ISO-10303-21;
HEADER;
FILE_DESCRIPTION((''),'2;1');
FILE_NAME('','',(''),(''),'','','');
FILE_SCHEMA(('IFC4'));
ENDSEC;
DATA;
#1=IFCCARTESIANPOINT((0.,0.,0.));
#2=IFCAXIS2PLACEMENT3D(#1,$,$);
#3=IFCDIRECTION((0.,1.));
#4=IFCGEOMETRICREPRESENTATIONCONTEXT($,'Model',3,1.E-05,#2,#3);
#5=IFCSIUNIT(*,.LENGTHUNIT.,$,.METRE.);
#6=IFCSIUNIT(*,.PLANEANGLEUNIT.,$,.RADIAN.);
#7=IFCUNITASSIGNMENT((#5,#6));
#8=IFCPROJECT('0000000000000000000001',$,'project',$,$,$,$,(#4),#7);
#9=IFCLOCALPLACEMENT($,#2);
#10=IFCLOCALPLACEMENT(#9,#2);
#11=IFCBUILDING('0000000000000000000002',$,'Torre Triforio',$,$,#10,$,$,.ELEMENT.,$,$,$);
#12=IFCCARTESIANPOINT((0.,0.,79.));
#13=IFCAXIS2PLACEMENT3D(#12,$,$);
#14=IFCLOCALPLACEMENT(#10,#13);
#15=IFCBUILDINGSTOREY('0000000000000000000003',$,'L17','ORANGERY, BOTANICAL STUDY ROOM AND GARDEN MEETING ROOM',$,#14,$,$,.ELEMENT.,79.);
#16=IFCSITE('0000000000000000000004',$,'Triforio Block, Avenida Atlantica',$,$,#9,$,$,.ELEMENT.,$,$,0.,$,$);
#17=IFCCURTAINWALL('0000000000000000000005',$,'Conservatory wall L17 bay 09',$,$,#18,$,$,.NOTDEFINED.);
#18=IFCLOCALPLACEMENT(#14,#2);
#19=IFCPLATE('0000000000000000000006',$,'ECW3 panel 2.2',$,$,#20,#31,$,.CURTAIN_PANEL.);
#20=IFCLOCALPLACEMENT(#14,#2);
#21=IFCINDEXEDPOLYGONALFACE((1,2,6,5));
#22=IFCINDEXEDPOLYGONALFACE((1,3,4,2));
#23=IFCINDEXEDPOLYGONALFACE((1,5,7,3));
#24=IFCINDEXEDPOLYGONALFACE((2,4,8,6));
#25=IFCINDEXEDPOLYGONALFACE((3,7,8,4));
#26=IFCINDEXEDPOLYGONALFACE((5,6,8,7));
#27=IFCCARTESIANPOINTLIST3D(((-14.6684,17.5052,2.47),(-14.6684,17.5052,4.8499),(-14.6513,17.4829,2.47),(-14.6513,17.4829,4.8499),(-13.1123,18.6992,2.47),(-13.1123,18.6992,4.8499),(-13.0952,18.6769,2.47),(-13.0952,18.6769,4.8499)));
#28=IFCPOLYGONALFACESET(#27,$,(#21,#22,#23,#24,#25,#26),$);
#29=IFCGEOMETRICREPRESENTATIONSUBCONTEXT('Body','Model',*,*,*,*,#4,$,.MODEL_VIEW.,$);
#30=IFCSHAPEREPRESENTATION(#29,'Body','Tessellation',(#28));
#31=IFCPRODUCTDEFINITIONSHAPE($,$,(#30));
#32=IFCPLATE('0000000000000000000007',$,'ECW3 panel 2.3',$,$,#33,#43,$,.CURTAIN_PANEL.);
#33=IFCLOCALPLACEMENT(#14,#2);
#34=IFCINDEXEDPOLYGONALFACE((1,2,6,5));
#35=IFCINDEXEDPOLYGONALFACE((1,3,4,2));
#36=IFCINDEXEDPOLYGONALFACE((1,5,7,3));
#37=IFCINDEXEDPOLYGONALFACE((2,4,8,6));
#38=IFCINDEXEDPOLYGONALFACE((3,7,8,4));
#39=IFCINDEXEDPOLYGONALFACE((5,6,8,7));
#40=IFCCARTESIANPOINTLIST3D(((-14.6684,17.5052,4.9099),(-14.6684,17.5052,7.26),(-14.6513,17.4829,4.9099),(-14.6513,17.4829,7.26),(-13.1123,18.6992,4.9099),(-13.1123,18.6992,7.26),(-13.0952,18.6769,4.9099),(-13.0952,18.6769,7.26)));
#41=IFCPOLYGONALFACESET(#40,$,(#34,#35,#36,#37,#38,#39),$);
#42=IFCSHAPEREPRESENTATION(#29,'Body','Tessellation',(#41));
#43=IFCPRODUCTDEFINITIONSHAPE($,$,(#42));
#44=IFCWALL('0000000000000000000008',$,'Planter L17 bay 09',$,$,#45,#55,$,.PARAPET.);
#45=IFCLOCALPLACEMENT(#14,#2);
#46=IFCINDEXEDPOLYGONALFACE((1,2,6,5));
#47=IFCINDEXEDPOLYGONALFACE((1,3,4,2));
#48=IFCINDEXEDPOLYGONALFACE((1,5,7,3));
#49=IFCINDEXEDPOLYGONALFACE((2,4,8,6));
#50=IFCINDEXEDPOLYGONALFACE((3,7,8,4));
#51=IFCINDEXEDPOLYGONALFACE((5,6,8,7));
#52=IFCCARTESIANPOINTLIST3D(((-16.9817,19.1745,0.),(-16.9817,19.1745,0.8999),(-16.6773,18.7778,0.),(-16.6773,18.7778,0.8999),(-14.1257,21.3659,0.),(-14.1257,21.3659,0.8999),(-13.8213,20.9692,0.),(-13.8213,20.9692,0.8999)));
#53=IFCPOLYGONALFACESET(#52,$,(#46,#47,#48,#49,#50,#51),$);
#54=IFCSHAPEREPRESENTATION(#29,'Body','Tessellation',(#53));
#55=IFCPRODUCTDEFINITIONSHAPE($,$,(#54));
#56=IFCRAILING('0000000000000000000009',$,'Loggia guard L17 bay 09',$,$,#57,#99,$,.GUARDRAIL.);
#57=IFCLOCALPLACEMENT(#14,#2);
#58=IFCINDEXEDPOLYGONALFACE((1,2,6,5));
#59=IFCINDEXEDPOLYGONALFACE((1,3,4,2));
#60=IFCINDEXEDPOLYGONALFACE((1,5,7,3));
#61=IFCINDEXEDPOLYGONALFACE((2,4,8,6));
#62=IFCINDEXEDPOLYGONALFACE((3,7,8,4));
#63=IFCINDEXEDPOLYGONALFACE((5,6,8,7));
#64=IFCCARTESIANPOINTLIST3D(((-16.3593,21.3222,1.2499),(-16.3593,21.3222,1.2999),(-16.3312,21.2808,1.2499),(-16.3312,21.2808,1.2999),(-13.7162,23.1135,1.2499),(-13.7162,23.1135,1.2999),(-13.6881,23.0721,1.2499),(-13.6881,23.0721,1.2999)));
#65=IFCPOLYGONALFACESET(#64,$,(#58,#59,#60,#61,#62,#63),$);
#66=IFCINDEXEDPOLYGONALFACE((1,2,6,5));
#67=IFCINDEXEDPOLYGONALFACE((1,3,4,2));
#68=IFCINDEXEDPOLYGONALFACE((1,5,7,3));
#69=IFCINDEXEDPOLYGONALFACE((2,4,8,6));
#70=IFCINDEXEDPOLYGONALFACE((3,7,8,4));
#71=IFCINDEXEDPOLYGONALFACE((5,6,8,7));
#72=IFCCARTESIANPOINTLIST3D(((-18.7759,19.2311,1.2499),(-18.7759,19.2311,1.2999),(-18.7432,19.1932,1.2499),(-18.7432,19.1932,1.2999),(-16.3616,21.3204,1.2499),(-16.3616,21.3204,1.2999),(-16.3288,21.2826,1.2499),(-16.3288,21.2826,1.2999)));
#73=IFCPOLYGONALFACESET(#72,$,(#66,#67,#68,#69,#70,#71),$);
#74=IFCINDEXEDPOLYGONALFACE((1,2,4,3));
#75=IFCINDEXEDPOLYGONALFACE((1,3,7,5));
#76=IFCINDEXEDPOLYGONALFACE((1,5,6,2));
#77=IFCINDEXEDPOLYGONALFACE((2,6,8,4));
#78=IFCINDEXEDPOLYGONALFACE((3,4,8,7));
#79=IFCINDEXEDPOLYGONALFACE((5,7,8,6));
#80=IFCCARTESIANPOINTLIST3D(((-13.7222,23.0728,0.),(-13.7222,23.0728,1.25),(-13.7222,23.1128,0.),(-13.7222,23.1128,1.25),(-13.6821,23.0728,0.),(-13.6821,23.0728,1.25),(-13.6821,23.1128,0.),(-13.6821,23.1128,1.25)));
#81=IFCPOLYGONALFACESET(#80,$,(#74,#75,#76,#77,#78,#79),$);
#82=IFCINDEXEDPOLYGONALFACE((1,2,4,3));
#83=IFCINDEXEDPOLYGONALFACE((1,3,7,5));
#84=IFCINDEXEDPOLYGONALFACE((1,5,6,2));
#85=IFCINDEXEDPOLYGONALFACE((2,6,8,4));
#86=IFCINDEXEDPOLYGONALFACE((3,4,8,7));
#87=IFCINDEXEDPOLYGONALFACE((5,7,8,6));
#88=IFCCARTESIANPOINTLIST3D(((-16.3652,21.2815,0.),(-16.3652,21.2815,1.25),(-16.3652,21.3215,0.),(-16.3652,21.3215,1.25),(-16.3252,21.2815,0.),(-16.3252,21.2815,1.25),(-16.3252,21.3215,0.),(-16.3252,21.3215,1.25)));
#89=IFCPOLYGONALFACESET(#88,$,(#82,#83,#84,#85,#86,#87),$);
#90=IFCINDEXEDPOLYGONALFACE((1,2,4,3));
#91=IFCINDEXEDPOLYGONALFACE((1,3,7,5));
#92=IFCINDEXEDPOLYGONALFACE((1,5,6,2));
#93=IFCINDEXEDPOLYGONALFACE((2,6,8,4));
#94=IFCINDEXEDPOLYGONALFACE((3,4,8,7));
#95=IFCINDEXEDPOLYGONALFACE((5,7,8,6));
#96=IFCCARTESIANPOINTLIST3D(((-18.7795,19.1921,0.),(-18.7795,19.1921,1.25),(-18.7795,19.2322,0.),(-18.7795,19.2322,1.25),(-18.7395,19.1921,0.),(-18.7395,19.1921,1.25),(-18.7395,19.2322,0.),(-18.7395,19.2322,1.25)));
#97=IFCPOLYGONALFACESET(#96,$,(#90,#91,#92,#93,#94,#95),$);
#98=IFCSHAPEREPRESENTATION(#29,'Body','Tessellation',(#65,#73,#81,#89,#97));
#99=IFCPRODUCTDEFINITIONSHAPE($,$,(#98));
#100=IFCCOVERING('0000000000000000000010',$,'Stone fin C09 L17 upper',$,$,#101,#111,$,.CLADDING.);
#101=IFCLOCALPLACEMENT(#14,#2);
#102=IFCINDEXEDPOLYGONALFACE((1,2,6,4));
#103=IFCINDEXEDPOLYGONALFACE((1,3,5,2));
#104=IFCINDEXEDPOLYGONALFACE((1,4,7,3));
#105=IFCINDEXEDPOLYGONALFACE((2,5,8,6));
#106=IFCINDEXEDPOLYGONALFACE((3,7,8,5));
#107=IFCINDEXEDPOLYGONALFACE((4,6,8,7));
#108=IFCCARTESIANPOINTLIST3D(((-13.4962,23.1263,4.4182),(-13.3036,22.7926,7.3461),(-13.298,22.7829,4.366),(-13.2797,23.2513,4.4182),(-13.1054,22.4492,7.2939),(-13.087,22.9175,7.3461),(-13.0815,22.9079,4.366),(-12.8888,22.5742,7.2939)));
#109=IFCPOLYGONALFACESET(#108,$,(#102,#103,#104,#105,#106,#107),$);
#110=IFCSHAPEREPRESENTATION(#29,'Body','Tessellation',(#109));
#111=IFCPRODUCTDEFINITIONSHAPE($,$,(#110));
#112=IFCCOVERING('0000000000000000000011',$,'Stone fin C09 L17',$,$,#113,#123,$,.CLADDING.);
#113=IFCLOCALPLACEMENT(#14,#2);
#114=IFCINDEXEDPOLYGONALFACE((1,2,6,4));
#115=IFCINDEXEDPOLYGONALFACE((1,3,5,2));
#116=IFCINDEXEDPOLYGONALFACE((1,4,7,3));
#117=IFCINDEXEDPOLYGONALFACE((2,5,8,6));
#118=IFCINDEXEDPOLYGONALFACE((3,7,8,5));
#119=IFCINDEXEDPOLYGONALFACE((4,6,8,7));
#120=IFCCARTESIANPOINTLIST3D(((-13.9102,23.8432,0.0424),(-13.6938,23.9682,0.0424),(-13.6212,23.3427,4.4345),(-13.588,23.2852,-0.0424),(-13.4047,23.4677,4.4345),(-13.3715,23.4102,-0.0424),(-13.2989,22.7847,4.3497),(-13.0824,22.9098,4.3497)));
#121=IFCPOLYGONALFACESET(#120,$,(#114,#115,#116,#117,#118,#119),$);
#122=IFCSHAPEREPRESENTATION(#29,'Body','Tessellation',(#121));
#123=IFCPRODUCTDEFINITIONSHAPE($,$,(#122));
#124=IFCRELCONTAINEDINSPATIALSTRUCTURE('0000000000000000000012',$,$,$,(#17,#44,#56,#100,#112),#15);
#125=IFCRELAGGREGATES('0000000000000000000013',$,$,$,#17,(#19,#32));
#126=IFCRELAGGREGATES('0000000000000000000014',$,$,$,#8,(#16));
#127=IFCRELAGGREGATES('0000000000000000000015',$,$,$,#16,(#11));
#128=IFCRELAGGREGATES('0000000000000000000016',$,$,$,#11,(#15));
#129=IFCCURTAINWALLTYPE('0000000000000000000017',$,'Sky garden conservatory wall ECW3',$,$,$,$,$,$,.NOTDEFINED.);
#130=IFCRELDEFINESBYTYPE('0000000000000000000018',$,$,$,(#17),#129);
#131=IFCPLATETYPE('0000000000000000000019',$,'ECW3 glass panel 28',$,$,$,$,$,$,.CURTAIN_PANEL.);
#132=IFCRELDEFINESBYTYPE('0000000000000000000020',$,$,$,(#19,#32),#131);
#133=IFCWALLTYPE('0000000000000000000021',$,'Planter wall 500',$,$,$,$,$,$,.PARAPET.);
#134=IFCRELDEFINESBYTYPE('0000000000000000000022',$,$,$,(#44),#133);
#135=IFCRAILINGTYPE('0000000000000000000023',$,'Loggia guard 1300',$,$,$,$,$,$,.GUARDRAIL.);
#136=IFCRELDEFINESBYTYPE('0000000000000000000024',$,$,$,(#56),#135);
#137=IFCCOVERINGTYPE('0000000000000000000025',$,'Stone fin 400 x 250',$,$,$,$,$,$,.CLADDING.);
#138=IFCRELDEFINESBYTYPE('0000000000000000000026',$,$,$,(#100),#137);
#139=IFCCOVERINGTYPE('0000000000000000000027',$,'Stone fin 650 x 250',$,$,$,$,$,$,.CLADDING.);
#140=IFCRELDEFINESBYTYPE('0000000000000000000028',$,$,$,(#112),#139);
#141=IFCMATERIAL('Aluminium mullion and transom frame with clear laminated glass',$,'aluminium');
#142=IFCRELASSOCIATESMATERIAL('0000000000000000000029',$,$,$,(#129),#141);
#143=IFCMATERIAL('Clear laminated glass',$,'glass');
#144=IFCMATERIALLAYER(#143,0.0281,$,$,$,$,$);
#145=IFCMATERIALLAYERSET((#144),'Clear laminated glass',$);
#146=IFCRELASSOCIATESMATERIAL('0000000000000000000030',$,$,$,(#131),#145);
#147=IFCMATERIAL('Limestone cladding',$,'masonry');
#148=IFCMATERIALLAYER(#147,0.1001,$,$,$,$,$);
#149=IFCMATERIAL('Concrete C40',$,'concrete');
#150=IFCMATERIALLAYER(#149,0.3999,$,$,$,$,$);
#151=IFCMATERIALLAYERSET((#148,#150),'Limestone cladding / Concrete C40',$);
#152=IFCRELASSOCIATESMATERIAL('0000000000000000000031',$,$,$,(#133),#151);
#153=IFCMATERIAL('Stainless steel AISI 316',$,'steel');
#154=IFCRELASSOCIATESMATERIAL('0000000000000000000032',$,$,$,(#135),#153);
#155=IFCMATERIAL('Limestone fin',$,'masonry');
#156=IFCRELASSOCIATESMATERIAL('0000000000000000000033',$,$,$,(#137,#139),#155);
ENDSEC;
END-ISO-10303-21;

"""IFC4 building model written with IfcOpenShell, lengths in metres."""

from ifc_helpers import new_model, si_unit, direction, frame, frame_2d, origin, origin_2d, place, context, subcontext, project, spatial, rectangle, extrude, material, layer, layer_set, material_profile, profile_set, type_object, element, aggregate, save


model = new_model("IFC4")

# Units and contexts
model_context = context("Model", 3, precision=1e-05, world=origin(), true_north=direction((0.0, 1.0)))
body_context = subcontext(model_context, "Body", "Model", "MODEL_VIEW")
ifc_project = project(units=[si_unit("LENGTHUNIT", "METRE"), si_unit("PLANEANGLEUNIT", "RADIAN")], contexts=[model_context])

# Site, building, storey
site_placement = place(None, origin())
site = spatial("IfcSite", under=ifc_project, at=site_placement, Name="Triforio Block, Avenida Atlantica", CompositionType="ELEMENT", RefElevation=0.0)
building_placement = place(site_placement, origin())
building = spatial("IfcBuilding", under=site, at=building_placement, Name="Torre Triforio", CompositionType="ELEMENT")
storey_placement = place(building_placement, frame((0.0, 0.0, 79.0)))
storey = spatial("IfcBuildingStorey", under=building, at=storey_placement, Name="L17", Description="ORANGERY, BOTANICAL STUDY ROOM AND GARDEN MEETING ROOM", CompositionType="ELEMENT", Elevation=79.0)

# Curtain wall
ifc_material_1 = material(Name="Aluminium mullion and transom frame with clear laminated glass", Category="aluminium")
curtain_wall_type = type_object("IfcCurtainWallType", Name="Sky garden conservatory wall ECW3", PredefinedType="NOTDEFINED", material=ifc_material_1)
curtain_wall_placement = place(storey_placement, origin())
curtain_wall = element("IfcCurtainWall", 1, at=curtain_wall_placement, inside=storey, type_object=curtain_wall_type, Name="Conservatory wall L17 bay 09", PredefinedType="NOTDEFINED")

# Plates
ifc_material_2 = material(Name="Clear laminated glass", Category="glass")
ifc_layer_1 = layer(ifc_material_2, 0.0281)
ifc_layer_set_1 = layer_set([ifc_layer_1], Name="Clear laminated glass")
plate_type = type_object("IfcPlateType", Name="ECW3 glass panel 28", PredefinedType="CURTAIN_PANEL", material=ifc_layer_set_1)
plate_1_placement = place(storey_placement, frame((-13.8818, 18.0911, 2.47), z_axis=(0.0, 0.0, 1.0), x_axis=(-0.79336, -0.608752, 0.0)))
plate_1 = element("IfcPlate", 2, at=plate_1_placement, type_object=plate_type, Name="ECW3 panel 2.2", PredefinedType="CURTAIN_PANEL", context=body_context, shape_type="SweptSolid", body=[
    extrude(rectangle(XDim=1.9614, YDim=0.0281, at=origin_2d()), origin(), (0.0, 0.0, 1.0), 2.3799),
])
plate_2_placement = place(storey_placement, frame((-13.8818, 18.0911, 4.9099), z_axis=(0.0, 0.0, 1.0), x_axis=(-0.79336, -0.608752, 0.0)))
plate_2 = element("IfcPlate", 3, at=plate_2_placement, type_object=plate_type, Name="ECW3 panel 2.3", PredefinedType="CURTAIN_PANEL", context=body_context, shape_type="SweptSolid", body=[
    extrude(rectangle(XDim=1.9614, YDim=0.0281, at=origin_2d()), origin(), (0.0, 0.0, 1.0), 2.3501),
])
aggregate(curtain_wall, [plate_1, plate_2])

# Wall
ifc_material_3 = material(Name="Limestone cladding", Category="masonry")
ifc_layer_2 = layer(ifc_material_3, 0.1001)
ifc_material_4 = material(Name="Concrete C40", Category="concrete")
ifc_layer_3 = layer(ifc_material_4, 0.3999)
ifc_layer_set_2 = layer_set([ifc_layer_2, ifc_layer_3], Name="Limestone cladding / Concrete C40")
wall_type = type_object("IfcWallType", Name="Planter wall 500", PredefinedType="PARAPET", material=ifc_layer_set_2)
wall_placement = place(storey_placement, frame((-13.9736, 21.1675, 0.0), z_axis=(0.0, 0.0, 1.0), x_axis=(-0.79336, -0.608753, 0.0)))
element("IfcWall", 4, at=wall_placement, inside=storey, type_object=wall_type, Name="Planter L17 bay 09", PredefinedType="PARAPET", context=body_context, shape_type="SweptSolid", body=[
    extrude(rectangle(XDim=3.5999, YDim=0.5, at=frame_2d((1.7998, 0.0))), origin(), (0.0, 0.0, 1.0), 0.8999),
])

# Railing
ifc_material_5 = material(Name="Stainless steel AISI 316", Category="steel")
railing_type = type_object("IfcRailingType", Name="Loggia guard 1300", PredefinedType="GUARDRAIL", material=ifc_material_5)
railing_placement = place(storey_placement, frame((-13.7021, 23.0928, 0.0)))
element("IfcRailing", 5, at=railing_placement, inside=storey, type_object=railing_type, Name="Loggia guard L17 bay 09", PredefinedType="GUARDRAIL", context=body_context, shape_type="SweptSolid", body=[
    extrude(rectangle(XDim=0.05, YDim=0.05, at=origin_2d()), frame((0.0, 0.0, 1.2749), z_axis=(-0.827803, -0.561019, 0.0), x_axis=(0.561019, -0.827803, 0.0)), (0.0, 0.0, 1.0), 3.1929),
    extrude(rectangle(XDim=0.05, YDim=0.05, at=origin_2d()), frame((-2.6431, -1.7913, 1.2749), z_axis=(-0.756161, -0.654386, 0.0), x_axis=(0.654386, -0.756161, 0.0)), (0.0, 0.0, 1.0), 3.1929),
    extrude(rectangle(XDim=0.04, YDim=0.04, at=origin_2d()), origin(), (0.0, 0.0, 1.0), 1.25),
    extrude(rectangle(XDim=0.04, YDim=0.04, at=origin_2d()), frame((-2.6431, -1.7913, 0.0)), (0.0, 0.0, 1.0), 1.25),
    extrude(rectangle(XDim=0.04, YDim=0.04, at=origin_2d()), frame((-5.0574, -3.8806, 0.0)), (0.0, 0.0, 1.0), 1.25),
])

# Coverings
ifc_material_6 = material(Name="Limestone fin", Category="masonry")
ifc_material_profile_1 = material_profile(ifc_material_6, rectangle(XDim=0.3999, YDim=0.25, at=origin_2d()), Name="FIN 400x250")
ifc_profile_set_1 = profile_set([ifc_material_profile_1], Name="Limestone fin")
covering_type_1 = type_object("IfcCoveringType", Name="Stone fin 400 x 250", PredefinedType="CLADDING", material=ifc_profile_set_1)
covering_1_placement = place(storey_placement, frame((-13.2888, 23.0171, 4.3921), z_axis=(0.065226, -0.113009, 0.991451), x_axis=(-0.495613, 0.858686, 0.130481)))
element("IfcCovering", 6, at=covering_1_placement, inside=storey, type_object=covering_type_1, Name="Stone fin C09 L17 upper", PredefinedType="CLADDING", context=body_context, shape_type="SweptSolid", body=[
    extrude(rectangle(XDim=0.3999, YDim=0.25, at=origin_2d()), origin(), (0.0, 0.0, 1.0), 2.9531),
])
ifc_material_profile_2 = material_profile(ifc_material_6, rectangle(XDim=0.6499, YDim=0.25, at=origin_2d()), Name="FIN 650x250")
ifc_profile_set_2 = profile_set([ifc_material_profile_2], Name="Limestone fin")
covering_type_2 = type_object("IfcCoveringType", Name="Stone fin 650 x 250", PredefinedType="CLADDING", material=ifc_profile_set_2)
covering_2_placement = place(storey_placement, frame((-13.6409, 23.6267, 0.0), z_axis=(0.065252, -0.112978, 0.991453), x_axis=(-0.495862, 0.858545, 0.130468)))
element("IfcCovering", 7, at=covering_2_placement, inside=storey, type_object=covering_type_2, Name="Stone fin C09 L17", PredefinedType="CLADDING", context=body_context, shape_type="SweptSolid", body=[
    extrude(rectangle(XDim=0.6499, YDim=0.25, at=origin_2d()), origin(), (0.0, 0.0, 1.0), 4.4299),
])

save(model, "model.ifc")
